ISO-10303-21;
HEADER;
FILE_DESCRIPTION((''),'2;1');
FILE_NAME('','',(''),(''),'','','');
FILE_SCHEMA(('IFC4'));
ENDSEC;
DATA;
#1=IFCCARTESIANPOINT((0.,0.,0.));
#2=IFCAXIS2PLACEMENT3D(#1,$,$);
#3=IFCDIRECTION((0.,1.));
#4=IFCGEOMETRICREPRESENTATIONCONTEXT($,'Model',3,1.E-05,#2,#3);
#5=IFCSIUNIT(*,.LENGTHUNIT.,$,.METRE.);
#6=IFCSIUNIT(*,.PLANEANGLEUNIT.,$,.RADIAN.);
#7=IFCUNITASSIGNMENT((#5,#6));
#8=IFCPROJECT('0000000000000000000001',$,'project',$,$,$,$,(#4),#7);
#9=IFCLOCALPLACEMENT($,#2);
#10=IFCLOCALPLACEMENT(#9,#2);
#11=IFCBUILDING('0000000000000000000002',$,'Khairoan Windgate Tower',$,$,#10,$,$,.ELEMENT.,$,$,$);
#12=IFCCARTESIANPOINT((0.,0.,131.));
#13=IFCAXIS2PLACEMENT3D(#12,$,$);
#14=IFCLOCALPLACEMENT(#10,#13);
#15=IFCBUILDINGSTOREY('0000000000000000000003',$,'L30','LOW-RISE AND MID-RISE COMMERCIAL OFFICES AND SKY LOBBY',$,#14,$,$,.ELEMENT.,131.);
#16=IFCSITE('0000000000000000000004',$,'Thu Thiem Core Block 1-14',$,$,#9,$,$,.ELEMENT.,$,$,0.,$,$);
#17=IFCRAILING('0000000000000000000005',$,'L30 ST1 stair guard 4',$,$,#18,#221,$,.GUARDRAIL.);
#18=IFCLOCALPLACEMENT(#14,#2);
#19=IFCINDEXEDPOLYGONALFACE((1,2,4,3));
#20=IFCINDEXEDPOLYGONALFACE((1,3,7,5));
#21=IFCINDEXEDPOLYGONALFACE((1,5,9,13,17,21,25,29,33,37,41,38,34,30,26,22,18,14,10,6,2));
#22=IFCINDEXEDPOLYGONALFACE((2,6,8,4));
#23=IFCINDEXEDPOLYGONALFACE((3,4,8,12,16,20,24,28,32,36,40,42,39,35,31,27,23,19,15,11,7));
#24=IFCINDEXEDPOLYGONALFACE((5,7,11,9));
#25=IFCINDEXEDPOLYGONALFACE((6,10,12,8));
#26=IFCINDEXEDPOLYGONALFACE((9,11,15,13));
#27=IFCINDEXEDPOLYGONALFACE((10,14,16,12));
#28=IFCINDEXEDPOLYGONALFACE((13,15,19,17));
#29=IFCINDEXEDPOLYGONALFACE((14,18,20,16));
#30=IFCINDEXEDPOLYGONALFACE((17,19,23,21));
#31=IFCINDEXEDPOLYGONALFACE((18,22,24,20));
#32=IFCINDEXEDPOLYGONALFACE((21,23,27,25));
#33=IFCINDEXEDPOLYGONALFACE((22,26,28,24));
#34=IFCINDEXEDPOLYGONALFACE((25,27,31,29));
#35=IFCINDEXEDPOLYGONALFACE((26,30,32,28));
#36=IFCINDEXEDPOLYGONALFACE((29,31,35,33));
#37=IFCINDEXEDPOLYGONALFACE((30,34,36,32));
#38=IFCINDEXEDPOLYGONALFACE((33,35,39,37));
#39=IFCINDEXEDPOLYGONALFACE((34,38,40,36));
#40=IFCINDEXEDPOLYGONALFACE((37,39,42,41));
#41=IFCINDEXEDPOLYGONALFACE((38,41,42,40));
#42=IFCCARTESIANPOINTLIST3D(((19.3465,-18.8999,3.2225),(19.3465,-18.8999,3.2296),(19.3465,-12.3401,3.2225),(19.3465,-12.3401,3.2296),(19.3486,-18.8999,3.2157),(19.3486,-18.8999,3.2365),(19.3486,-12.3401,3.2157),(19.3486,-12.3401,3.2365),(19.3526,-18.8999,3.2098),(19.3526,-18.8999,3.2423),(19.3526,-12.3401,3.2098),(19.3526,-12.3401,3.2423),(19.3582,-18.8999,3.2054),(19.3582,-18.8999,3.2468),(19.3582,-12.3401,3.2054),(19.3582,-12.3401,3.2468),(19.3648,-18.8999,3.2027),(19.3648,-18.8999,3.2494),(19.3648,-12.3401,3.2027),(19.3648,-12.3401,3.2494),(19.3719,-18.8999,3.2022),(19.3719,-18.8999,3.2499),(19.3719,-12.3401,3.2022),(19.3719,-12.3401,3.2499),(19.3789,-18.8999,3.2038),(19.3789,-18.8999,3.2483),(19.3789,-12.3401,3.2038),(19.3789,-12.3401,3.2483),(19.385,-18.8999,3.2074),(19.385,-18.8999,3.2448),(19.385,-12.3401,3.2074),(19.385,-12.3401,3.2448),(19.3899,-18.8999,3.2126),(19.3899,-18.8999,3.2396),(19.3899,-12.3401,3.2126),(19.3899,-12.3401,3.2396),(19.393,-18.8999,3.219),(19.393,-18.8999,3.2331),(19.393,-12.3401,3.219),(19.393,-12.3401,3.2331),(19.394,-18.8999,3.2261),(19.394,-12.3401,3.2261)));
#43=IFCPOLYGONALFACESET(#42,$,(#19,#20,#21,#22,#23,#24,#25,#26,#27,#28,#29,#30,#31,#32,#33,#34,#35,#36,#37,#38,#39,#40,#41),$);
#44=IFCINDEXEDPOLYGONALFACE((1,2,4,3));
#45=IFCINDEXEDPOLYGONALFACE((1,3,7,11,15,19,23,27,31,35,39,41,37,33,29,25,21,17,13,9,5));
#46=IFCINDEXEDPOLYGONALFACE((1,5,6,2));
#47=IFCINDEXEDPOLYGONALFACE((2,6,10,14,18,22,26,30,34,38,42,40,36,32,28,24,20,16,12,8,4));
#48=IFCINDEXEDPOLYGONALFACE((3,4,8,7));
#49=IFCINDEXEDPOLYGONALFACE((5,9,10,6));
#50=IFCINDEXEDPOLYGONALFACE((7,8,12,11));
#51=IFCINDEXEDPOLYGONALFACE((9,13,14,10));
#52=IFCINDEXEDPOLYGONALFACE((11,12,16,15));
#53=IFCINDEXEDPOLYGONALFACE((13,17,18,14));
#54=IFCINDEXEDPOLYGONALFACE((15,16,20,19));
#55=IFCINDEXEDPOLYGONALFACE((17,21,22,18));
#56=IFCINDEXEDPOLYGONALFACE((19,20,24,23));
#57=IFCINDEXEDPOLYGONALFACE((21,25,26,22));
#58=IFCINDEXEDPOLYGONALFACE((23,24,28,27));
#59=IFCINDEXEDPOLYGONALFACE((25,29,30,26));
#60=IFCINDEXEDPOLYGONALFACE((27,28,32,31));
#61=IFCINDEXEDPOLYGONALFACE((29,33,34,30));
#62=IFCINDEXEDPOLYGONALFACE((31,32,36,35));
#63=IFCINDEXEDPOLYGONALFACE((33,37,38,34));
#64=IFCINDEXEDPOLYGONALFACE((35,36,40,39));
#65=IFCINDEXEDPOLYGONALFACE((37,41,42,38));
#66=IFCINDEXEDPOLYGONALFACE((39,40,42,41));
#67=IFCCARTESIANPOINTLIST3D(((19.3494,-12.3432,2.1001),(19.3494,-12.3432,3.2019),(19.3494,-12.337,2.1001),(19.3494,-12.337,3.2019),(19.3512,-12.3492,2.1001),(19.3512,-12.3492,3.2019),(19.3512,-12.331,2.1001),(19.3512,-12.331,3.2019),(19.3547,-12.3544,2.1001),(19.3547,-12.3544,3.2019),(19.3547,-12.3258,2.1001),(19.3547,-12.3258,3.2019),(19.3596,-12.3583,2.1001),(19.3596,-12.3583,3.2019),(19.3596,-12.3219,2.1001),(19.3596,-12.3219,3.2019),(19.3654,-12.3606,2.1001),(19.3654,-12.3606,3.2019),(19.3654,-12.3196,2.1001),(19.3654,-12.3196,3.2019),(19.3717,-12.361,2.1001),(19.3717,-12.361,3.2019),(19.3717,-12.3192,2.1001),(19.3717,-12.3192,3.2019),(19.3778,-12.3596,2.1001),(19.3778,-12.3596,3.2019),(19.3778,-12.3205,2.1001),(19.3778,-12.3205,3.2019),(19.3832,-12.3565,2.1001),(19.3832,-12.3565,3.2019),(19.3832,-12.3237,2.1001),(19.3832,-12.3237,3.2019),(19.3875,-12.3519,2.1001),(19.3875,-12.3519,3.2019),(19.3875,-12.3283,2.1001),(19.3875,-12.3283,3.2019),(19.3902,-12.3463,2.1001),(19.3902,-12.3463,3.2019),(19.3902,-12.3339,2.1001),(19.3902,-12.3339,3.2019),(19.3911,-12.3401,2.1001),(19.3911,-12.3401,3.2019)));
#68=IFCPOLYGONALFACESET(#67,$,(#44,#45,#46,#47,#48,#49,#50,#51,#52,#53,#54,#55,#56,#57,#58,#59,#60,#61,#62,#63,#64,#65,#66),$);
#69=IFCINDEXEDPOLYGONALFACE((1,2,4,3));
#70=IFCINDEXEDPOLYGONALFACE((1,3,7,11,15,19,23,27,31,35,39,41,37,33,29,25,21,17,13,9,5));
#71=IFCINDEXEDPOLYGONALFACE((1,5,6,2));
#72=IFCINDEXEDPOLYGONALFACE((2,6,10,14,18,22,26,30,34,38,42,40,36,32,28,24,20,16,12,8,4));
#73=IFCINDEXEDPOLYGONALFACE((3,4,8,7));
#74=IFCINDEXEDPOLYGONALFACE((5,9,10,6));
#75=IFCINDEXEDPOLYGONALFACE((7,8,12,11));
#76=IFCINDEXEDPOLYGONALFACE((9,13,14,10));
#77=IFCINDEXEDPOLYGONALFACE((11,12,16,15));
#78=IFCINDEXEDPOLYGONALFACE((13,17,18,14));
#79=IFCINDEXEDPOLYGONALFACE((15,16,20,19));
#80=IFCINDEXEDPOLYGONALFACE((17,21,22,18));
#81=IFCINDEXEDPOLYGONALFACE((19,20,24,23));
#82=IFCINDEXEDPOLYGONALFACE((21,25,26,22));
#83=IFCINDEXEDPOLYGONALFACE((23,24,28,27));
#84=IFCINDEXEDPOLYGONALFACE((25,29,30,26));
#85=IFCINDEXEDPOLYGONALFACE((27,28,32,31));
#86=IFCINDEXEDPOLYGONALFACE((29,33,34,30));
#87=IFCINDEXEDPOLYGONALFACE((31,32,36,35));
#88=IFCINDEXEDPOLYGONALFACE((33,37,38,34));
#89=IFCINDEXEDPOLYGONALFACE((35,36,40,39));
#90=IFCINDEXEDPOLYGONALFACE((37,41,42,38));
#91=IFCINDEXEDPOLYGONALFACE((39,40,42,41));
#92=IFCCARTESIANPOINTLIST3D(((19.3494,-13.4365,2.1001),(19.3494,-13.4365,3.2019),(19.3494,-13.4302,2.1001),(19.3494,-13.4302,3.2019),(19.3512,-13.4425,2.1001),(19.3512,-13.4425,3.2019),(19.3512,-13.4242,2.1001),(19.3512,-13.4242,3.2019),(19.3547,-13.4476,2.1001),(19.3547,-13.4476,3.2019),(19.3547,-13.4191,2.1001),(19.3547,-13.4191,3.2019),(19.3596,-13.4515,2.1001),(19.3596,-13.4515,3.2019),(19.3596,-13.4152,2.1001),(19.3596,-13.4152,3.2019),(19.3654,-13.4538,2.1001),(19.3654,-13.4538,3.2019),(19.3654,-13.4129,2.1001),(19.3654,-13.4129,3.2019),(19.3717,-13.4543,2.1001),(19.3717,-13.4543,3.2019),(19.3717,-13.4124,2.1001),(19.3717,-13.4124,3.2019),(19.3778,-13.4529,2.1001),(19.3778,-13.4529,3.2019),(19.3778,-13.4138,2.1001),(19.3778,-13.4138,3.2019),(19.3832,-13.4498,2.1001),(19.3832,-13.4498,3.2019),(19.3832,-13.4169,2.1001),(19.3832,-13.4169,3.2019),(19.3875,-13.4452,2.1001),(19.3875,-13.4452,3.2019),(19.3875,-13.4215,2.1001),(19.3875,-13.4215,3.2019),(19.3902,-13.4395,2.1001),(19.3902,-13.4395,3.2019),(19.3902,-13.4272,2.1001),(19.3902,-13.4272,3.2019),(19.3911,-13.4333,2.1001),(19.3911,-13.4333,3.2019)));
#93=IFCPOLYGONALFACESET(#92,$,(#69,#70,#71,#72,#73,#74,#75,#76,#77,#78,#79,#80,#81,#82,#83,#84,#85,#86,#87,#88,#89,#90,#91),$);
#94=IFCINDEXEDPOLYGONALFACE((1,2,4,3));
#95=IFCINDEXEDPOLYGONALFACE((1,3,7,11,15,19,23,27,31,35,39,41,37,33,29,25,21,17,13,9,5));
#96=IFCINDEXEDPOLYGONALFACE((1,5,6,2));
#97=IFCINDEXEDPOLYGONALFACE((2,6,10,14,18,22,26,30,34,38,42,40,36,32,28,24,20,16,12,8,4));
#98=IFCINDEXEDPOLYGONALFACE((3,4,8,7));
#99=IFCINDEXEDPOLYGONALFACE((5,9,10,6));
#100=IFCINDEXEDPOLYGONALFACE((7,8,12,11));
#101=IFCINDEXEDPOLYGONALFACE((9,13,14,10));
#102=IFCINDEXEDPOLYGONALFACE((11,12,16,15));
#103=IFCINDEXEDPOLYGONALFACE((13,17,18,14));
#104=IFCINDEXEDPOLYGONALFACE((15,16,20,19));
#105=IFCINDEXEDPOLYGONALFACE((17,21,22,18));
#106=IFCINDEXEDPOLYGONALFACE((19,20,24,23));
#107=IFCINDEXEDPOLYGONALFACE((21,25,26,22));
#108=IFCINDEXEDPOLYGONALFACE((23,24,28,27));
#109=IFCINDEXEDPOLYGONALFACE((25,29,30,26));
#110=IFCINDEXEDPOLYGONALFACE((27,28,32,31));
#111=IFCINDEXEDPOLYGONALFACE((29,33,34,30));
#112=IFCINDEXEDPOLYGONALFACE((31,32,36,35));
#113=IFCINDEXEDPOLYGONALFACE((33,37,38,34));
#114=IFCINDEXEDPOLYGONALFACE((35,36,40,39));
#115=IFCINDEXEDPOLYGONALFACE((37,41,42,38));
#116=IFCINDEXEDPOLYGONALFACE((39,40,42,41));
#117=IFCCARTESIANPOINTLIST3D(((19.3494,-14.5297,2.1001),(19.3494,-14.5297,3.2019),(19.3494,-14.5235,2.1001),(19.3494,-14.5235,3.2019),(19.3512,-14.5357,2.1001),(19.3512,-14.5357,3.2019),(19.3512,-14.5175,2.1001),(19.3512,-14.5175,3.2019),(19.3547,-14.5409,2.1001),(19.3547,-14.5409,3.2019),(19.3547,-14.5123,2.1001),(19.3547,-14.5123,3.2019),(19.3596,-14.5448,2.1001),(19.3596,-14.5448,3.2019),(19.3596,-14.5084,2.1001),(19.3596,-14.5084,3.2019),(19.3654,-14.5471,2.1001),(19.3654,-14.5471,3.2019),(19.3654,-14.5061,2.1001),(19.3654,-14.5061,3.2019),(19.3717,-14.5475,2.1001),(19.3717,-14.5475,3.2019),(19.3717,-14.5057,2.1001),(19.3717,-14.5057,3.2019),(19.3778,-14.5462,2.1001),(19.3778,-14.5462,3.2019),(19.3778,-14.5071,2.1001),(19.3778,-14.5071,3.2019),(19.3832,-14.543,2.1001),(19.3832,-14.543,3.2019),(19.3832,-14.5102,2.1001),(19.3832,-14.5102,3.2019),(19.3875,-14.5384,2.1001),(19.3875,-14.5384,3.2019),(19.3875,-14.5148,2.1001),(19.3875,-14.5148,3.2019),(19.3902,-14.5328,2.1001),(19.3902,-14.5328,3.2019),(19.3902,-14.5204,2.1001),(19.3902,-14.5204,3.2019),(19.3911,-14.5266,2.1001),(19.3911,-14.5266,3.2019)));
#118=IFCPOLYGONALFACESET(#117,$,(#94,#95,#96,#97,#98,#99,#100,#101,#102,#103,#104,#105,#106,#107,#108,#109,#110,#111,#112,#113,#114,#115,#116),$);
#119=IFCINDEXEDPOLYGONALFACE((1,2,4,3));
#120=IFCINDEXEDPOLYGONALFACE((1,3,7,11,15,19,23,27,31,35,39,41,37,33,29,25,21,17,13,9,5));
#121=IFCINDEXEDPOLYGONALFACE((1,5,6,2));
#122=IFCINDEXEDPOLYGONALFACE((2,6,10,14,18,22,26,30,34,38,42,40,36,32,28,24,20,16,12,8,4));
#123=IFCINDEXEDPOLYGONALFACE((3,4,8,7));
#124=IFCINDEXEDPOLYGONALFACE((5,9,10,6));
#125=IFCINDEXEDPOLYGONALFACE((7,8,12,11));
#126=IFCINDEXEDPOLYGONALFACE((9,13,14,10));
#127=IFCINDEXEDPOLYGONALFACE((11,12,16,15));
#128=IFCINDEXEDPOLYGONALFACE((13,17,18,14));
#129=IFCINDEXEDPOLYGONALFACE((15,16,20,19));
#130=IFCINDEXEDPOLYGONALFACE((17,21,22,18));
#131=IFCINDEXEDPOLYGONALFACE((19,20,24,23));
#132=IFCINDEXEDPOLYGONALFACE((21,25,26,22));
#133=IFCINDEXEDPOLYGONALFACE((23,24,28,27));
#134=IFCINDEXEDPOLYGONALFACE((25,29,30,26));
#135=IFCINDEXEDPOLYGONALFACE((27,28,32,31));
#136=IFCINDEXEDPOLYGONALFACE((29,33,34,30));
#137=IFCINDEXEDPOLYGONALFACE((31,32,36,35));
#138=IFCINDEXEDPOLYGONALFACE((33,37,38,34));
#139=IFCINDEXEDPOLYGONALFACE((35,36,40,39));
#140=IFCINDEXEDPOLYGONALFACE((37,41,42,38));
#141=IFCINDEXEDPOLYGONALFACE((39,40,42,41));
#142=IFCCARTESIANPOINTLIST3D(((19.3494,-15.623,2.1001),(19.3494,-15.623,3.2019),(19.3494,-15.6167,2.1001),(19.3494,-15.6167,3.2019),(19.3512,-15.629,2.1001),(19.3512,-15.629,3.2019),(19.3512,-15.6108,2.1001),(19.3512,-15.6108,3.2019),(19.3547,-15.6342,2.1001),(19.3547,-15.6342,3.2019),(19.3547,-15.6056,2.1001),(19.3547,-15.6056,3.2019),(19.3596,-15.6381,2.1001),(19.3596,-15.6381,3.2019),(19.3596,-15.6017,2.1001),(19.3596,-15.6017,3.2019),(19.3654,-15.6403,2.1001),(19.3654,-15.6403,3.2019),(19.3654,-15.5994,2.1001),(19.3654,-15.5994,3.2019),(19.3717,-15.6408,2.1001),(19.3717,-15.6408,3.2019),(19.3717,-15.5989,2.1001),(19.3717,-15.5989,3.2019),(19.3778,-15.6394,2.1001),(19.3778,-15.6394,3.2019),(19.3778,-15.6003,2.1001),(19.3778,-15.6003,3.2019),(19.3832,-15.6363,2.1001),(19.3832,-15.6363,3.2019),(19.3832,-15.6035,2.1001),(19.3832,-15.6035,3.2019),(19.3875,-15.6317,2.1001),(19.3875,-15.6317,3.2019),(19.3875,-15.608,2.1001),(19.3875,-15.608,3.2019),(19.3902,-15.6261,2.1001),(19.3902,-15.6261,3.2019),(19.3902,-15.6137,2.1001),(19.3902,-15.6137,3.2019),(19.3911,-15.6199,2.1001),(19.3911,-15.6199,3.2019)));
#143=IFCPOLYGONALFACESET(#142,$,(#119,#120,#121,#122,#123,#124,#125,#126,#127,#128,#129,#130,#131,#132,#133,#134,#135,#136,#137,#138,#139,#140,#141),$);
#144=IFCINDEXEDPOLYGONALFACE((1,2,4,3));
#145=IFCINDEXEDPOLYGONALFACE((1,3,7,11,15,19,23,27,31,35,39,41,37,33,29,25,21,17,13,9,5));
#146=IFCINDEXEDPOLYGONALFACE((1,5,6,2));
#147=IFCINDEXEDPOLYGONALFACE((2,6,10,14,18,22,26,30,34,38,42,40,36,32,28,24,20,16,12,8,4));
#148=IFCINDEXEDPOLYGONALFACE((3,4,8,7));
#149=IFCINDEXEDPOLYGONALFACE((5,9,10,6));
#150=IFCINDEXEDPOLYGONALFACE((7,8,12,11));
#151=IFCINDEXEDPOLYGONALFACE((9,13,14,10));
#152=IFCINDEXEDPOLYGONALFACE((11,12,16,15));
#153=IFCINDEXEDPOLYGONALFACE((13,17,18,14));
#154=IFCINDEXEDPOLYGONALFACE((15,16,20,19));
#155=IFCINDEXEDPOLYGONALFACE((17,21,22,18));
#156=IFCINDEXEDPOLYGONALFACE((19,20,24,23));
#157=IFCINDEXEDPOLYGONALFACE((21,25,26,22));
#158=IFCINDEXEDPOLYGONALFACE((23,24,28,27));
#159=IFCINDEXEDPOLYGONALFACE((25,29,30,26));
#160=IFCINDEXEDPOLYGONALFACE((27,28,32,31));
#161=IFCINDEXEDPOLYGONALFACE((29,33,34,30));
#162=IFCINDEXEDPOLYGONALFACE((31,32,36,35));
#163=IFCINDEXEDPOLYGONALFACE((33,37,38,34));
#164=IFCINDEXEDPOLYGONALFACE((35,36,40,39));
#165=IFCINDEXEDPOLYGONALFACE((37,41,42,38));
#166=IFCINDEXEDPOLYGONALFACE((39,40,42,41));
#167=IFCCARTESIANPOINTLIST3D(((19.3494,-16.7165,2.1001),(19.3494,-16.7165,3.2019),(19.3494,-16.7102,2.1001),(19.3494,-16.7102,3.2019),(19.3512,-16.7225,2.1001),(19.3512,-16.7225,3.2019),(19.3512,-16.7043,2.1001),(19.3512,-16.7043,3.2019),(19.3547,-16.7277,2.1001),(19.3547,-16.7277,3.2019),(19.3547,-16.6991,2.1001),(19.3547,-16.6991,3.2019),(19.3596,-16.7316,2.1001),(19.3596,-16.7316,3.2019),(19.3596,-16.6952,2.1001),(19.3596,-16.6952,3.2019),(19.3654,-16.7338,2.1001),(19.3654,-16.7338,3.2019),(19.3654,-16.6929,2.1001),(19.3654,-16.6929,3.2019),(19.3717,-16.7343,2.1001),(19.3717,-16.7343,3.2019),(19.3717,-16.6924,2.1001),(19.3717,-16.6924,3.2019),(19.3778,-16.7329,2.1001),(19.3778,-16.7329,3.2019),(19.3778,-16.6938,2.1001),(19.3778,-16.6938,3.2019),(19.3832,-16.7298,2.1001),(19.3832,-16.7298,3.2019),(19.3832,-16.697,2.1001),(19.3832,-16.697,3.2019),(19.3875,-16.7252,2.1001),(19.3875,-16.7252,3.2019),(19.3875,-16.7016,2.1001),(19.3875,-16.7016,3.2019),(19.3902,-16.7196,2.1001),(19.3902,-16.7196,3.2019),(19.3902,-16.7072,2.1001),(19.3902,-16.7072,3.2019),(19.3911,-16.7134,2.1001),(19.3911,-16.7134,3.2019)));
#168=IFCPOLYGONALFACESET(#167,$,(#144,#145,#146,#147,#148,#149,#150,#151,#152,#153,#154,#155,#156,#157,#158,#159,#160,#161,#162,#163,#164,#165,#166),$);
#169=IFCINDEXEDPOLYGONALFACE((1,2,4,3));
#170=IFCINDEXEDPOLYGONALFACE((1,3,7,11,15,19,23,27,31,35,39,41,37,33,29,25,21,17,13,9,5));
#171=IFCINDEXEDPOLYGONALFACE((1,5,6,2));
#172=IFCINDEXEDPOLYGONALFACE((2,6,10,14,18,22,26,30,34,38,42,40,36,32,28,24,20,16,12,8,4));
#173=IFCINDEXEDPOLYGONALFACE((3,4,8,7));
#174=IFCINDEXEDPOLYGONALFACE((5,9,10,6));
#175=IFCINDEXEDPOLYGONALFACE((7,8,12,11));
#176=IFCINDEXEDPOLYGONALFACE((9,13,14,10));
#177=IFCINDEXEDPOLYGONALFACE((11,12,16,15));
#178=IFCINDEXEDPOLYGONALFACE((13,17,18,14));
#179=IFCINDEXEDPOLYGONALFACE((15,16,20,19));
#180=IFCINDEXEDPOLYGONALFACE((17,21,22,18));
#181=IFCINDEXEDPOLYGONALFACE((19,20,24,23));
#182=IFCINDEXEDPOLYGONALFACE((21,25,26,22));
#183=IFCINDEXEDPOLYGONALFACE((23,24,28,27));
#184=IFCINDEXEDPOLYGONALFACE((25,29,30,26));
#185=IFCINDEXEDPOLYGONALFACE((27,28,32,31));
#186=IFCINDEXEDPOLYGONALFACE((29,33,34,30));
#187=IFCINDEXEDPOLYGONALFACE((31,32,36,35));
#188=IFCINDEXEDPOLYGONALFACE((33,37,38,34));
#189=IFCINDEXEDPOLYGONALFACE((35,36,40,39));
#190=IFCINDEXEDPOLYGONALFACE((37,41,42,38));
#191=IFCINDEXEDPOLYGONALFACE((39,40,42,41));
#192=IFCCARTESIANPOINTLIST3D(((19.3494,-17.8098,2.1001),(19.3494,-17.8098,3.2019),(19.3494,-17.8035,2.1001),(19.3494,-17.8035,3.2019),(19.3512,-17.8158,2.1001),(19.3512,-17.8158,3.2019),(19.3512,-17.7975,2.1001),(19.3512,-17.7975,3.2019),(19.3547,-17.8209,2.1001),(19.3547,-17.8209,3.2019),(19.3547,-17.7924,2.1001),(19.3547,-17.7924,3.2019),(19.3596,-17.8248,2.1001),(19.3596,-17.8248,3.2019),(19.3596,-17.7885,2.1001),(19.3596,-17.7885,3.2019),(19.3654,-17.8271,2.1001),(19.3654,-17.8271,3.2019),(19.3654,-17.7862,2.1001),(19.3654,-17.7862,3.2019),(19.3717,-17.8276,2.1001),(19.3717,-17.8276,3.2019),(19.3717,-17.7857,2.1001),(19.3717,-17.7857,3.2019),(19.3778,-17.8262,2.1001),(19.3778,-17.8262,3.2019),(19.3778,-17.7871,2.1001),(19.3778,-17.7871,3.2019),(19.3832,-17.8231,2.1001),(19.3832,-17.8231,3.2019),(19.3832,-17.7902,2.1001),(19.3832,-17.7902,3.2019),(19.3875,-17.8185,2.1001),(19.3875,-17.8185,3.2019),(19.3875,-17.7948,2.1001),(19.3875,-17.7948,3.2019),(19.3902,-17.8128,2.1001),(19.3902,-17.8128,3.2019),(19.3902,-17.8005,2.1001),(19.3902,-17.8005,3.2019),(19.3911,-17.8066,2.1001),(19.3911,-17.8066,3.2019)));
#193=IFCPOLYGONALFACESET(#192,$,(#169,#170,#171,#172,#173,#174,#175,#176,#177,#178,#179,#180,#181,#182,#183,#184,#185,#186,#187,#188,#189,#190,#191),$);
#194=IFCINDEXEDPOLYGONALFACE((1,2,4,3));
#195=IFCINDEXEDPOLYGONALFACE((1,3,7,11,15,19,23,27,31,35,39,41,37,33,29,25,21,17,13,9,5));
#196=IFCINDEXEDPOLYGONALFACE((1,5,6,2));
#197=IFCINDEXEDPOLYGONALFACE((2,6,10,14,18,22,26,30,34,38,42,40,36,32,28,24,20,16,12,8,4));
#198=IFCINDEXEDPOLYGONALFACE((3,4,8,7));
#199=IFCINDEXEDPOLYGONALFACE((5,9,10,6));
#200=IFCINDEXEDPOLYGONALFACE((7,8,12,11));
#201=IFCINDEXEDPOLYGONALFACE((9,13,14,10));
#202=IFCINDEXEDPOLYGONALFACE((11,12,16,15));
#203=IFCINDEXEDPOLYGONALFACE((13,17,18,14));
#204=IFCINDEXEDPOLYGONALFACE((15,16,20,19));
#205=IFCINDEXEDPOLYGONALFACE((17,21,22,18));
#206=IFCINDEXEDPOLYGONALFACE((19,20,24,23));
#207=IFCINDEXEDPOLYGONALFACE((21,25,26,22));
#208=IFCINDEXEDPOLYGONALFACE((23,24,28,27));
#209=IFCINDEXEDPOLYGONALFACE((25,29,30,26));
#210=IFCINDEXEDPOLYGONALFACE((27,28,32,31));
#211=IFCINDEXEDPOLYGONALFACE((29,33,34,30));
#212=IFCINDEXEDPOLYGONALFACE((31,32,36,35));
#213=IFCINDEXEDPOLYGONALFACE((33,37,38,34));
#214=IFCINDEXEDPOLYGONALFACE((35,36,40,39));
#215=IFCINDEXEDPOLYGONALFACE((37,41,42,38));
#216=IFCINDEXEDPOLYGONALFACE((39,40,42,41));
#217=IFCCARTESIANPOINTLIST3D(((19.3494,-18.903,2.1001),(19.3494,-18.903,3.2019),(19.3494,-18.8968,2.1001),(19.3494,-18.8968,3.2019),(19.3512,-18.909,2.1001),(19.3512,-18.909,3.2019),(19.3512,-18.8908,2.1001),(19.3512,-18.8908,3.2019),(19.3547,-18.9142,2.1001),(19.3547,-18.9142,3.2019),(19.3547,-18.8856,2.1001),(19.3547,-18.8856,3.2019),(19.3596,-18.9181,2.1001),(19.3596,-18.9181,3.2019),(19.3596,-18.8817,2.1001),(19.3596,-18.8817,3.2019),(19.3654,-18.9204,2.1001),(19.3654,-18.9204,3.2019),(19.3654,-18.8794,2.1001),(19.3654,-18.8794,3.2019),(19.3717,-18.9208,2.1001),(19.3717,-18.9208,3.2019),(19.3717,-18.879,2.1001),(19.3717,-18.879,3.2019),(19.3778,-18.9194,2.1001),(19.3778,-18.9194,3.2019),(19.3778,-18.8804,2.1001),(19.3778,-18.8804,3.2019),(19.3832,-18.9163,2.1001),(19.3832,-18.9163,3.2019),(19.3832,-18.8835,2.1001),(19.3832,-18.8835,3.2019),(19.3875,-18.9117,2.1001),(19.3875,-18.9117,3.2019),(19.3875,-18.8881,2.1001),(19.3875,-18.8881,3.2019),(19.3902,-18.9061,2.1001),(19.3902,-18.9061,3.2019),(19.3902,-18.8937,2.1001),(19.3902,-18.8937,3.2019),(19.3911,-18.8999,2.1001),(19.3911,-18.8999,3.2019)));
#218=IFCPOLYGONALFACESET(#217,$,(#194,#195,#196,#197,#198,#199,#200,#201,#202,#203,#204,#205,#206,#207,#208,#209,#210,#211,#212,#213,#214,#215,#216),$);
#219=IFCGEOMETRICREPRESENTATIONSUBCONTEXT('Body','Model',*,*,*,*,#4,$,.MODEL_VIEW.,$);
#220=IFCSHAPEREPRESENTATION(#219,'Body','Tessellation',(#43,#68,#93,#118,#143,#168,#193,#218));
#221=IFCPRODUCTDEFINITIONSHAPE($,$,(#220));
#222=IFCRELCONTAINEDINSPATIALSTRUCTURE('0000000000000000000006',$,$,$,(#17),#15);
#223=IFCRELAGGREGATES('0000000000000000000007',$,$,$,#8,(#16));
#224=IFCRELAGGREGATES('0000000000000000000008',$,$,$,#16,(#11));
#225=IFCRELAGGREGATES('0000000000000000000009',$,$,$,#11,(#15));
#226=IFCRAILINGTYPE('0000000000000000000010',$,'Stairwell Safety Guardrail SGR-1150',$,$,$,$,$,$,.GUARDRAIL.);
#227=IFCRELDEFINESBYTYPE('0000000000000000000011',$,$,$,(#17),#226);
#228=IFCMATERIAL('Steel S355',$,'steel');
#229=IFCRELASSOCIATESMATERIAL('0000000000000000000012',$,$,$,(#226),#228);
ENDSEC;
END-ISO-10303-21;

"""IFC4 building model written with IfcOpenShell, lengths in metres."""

from ifc_helpers import new_model, si_unit, direction, frame, origin, origin_2d, place, context, subcontext, project, spatial, circle, extrude, material, type_object, element, save


model = new_model("IFC4")

# Units and contexts
model_context = context("Model", 3, precision=1e-05, world=origin(), true_north=direction((0.0, 1.0)))
body_context = subcontext(model_context, "Body", "Model", "MODEL_VIEW")
ifc_project = project(units=[si_unit("LENGTHUNIT", "METRE"), si_unit("PLANEANGLEUNIT", "RADIAN")], contexts=[model_context])

# Site, building, storey
site_placement = place(None, origin())
site = spatial("IfcSite", under=ifc_project, at=site_placement, Name="Thu Thiem Core Block 1-14", CompositionType="ELEMENT", RefElevation=0.0)
building_placement = place(site_placement, origin())
building = spatial("IfcBuilding", under=site, at=building_placement, Name="Khairoan Windgate Tower", CompositionType="ELEMENT")
storey_placement = place(building_placement, frame((0.0, 0.0, 131.0)))
storey = spatial("IfcBuildingStorey", under=building, at=storey_placement, Name="L30", Description="LOW-RISE AND MID-RISE COMMERCIAL OFFICES AND SKY LOBBY", CompositionType="ELEMENT", Elevation=131.0)

# Railing
ifc_material_1 = material(Name="Steel S355", Category="steel")
railing_type_1 = type_object("IfcRailingType", Name="Stairwell Safety Guardrail SGR-1150", PredefinedType="GUARDRAIL", material=ifc_material_1)
railing_1_placement = place(storey_placement, frame((19.3701, -12.3401, 2.1001)))
element("IfcRailing", 1, at=railing_1_placement, inside=storey, type_object=railing_type_1, Name="L30 ST1 stair guard 4", PredefinedType="GUARDRAIL", context=body_context, shape_type="SweptSolid", body=[
    extrude(circle(Radius=0.0239, at=origin_2d()), frame((0.0, 0.0, 1.126), z_axis=(0.0, -1.0, 0.0), x_axis=(1.0, 0.0, 0.0)), (0.0, 0.0, 1.0), 6.5598),
    extrude(circle(Radius=0.021, at=origin_2d()), origin(), (0.0, 0.0, 1.0), 1.1018),
    extrude(circle(Radius=0.021, at=origin_2d()), frame((0.0, -1.0933, 0.0)), (0.0, 0.0, 1.0), 1.1018),
    extrude(circle(Radius=0.021, at=origin_2d()), frame((0.0, -2.1865, 0.0)), (0.0, 0.0, 1.0), 1.1018),
    extrude(circle(Radius=0.021, at=origin_2d()), frame((0.0, -3.2798, 0.0)), (0.0, 0.0, 1.0), 1.1018),
    extrude(circle(Radius=0.021, at=origin_2d()), frame((0.0, -4.3733, 0.0)), (0.0, 0.0, 1.0), 1.1018),
    extrude(circle(Radius=0.021, at=origin_2d()), frame((0.0, -5.4666, 0.0)), (0.0, 0.0, 1.0), 1.1018),
    extrude(circle(Radius=0.021, at=origin_2d()), frame((0.0, -6.5598, 0.0)), (0.0, 0.0, 1.0), 1.1018),
])

save(model, "model.ifc")
